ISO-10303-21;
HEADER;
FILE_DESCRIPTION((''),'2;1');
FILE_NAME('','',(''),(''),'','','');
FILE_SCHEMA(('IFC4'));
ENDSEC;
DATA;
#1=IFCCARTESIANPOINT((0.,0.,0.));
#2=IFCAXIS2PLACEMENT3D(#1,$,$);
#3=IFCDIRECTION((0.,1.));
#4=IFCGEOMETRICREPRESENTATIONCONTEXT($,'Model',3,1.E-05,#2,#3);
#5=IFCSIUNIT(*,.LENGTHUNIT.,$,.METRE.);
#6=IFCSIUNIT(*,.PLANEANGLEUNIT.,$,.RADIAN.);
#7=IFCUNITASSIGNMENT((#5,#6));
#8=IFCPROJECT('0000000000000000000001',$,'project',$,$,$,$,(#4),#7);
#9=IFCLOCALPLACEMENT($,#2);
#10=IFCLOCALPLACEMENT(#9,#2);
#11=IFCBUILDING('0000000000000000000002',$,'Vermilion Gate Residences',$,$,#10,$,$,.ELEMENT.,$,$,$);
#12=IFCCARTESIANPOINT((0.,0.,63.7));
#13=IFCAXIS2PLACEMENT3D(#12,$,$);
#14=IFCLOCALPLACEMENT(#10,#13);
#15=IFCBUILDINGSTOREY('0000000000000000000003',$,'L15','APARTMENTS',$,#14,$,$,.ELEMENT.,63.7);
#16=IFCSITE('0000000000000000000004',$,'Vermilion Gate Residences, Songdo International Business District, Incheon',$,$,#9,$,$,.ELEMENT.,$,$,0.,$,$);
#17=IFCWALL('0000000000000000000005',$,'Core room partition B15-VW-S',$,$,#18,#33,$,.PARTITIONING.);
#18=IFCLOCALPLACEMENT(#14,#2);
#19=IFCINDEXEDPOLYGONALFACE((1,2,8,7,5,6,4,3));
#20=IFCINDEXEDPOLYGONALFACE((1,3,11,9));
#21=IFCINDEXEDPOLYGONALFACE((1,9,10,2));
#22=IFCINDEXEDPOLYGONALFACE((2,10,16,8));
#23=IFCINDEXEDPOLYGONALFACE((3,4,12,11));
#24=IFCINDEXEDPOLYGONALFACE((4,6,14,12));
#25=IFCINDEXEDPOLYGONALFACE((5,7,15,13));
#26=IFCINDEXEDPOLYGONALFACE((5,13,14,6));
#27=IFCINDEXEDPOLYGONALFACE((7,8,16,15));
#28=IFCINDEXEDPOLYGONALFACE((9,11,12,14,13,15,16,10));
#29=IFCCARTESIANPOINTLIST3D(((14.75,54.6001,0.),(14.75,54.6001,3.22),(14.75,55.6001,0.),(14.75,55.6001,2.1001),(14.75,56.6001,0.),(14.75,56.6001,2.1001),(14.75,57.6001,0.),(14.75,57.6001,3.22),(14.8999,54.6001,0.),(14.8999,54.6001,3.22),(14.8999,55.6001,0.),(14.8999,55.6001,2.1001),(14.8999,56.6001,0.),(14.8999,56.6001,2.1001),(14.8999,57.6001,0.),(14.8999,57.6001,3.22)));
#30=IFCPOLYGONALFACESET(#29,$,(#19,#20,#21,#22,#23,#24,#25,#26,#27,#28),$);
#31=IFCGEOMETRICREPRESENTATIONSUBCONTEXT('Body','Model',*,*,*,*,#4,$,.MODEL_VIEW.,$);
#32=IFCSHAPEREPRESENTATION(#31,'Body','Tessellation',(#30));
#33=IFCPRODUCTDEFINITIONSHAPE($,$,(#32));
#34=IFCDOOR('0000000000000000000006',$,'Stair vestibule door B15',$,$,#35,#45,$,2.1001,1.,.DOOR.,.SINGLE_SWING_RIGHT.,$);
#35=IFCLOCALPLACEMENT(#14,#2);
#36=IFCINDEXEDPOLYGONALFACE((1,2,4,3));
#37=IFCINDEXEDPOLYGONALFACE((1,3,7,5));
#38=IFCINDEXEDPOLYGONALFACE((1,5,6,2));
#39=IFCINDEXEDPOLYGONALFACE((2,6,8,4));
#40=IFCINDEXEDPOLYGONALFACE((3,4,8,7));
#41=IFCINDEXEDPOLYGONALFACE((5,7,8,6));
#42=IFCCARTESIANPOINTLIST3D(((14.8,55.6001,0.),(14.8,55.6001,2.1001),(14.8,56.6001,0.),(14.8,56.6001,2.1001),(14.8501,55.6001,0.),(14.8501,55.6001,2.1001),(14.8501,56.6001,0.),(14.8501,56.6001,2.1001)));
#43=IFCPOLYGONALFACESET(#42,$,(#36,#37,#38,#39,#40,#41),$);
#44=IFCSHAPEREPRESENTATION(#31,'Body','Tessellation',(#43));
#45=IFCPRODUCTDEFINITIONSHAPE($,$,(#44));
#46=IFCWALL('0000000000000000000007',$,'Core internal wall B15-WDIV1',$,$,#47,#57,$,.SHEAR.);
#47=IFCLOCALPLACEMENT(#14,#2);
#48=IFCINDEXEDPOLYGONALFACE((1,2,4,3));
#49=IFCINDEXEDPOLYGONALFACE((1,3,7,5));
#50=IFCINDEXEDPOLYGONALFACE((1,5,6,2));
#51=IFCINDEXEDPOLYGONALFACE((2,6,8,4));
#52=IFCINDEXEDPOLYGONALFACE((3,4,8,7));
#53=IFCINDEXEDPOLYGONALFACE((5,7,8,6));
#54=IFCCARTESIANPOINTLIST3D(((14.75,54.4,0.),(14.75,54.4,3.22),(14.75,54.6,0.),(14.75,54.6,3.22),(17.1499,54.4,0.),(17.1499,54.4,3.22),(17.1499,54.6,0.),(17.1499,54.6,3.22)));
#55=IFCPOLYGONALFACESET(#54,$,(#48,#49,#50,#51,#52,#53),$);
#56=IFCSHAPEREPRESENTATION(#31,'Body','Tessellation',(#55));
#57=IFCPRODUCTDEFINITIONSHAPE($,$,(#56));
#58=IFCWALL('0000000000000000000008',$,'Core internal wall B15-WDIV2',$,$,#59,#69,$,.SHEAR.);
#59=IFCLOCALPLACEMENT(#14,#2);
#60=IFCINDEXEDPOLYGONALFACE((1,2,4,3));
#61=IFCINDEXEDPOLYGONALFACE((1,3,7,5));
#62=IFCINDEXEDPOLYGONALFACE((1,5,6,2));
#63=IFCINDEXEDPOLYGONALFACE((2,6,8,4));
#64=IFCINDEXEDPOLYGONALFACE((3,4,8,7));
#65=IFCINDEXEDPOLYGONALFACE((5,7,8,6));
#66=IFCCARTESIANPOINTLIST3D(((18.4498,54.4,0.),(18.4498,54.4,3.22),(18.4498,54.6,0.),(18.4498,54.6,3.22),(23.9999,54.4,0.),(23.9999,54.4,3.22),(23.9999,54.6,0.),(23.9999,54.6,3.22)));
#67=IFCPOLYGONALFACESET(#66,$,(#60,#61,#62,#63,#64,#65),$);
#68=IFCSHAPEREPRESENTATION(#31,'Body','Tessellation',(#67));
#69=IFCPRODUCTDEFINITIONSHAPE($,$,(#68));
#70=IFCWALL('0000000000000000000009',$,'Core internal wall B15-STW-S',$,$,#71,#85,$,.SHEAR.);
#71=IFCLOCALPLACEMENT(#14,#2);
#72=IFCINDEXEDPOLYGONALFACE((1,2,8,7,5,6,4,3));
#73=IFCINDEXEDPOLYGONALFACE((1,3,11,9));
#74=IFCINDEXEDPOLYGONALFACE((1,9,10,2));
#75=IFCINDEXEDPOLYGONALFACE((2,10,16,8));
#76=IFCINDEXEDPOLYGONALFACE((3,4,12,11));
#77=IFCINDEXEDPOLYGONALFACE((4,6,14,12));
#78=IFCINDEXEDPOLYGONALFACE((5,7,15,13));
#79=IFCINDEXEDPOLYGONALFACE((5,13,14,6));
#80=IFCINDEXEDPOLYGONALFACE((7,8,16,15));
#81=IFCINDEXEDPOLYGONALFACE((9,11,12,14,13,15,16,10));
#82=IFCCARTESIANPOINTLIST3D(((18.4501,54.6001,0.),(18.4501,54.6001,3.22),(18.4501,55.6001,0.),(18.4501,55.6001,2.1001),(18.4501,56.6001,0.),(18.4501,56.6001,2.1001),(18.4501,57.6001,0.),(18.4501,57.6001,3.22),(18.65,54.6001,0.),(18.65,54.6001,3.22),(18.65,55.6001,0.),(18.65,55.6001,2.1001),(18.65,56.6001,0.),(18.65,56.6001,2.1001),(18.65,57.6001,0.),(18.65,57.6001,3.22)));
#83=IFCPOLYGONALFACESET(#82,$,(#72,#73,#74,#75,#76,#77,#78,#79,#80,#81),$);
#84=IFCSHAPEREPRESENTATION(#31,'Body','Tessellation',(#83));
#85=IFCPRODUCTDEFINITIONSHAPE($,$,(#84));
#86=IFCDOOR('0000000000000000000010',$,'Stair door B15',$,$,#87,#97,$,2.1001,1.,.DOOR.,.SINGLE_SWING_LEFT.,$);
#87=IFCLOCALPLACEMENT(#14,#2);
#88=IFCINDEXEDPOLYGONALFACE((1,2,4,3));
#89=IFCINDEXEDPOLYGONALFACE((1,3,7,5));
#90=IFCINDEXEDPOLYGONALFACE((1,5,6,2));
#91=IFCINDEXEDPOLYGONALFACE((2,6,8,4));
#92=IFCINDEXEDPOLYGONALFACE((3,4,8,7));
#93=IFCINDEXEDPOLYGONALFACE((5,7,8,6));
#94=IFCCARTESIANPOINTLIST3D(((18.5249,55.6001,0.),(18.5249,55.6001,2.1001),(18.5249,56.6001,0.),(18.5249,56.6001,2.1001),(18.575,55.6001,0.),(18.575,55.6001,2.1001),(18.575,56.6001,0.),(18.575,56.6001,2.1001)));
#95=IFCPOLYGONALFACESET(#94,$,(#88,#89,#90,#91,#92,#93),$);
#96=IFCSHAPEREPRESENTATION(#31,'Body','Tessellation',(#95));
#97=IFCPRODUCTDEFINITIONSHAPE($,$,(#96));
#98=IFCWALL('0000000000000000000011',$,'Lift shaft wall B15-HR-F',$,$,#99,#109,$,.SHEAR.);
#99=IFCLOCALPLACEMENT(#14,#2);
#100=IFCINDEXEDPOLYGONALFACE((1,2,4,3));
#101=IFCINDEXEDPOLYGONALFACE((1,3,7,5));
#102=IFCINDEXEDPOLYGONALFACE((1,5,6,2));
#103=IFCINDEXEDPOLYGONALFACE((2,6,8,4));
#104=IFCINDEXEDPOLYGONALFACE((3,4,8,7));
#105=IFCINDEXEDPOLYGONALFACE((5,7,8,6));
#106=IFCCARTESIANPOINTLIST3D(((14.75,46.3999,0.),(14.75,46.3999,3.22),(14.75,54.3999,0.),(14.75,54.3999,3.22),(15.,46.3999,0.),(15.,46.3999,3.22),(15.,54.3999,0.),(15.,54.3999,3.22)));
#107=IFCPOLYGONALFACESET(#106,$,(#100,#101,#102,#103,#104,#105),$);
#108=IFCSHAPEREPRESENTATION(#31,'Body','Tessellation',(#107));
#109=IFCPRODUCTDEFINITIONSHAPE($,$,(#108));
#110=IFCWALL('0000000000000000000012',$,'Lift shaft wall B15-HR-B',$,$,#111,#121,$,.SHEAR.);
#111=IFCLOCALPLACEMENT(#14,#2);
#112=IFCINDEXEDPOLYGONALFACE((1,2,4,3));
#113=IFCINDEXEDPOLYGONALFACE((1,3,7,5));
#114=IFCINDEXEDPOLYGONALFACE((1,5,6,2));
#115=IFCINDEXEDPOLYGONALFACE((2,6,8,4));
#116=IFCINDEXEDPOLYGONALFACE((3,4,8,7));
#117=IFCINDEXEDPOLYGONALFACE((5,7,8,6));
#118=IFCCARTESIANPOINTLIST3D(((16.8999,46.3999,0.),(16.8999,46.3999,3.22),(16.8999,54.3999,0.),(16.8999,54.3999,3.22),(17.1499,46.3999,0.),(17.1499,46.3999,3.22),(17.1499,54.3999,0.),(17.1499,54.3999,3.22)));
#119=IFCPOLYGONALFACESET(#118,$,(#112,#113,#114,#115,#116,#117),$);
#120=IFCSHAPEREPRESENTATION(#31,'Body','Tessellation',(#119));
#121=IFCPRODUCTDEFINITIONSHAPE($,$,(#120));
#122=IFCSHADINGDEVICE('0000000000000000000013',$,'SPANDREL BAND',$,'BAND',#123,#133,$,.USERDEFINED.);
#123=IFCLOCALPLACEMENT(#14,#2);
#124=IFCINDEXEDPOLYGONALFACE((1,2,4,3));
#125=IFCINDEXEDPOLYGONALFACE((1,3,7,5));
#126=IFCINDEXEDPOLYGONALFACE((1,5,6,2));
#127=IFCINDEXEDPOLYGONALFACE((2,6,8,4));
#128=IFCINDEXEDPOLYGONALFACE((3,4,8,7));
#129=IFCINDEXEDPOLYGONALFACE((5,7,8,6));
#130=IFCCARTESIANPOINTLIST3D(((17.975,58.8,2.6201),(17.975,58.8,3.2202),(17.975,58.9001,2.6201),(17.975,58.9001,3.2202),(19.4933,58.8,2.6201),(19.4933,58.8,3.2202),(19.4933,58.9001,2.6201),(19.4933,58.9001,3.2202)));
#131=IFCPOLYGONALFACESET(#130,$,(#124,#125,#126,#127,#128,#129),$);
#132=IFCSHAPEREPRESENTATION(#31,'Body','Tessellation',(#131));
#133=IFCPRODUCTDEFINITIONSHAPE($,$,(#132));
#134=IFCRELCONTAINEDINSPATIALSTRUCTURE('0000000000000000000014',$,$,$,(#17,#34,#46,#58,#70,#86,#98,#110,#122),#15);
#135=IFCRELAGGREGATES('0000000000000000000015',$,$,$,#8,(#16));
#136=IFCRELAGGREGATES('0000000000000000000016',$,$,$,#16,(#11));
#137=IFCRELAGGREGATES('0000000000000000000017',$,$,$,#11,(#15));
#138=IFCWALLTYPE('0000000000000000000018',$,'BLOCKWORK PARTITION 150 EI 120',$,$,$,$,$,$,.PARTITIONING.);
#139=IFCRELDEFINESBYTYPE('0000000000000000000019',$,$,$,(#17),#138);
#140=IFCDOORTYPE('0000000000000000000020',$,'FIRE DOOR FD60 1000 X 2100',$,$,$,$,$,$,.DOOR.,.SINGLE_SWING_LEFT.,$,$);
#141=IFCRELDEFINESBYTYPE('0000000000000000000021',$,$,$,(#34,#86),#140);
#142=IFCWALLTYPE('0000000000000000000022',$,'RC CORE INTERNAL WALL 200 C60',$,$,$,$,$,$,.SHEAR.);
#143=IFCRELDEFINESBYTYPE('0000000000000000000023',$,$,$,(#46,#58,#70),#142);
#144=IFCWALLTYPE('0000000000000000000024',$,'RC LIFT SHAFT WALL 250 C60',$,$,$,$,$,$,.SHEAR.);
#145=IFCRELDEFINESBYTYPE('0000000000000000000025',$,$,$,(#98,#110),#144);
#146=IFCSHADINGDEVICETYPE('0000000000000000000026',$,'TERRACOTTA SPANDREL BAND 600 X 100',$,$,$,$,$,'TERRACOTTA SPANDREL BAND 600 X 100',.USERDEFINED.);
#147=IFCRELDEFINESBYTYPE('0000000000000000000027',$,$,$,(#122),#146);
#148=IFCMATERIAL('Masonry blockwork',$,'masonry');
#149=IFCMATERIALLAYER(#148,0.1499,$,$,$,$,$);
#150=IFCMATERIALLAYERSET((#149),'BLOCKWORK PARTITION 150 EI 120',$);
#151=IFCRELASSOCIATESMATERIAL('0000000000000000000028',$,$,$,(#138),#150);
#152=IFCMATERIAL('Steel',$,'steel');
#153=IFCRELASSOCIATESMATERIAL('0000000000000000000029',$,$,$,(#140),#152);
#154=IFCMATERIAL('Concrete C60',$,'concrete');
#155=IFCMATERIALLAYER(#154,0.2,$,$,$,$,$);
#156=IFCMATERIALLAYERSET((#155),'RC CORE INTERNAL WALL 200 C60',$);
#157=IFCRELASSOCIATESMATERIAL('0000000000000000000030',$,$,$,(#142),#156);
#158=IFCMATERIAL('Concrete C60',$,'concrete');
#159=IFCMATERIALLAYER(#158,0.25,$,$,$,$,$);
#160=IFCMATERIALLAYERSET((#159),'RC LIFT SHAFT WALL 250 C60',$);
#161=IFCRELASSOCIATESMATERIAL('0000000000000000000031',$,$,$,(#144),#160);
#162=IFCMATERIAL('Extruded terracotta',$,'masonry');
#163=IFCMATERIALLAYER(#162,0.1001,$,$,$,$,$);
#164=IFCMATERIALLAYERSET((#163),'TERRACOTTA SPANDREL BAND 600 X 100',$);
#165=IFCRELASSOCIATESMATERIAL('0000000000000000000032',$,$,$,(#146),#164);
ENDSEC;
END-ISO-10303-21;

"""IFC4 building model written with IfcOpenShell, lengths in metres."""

from ifc_helpers import new_model, si_unit, direction, frame, frame_2d, origin, origin_2d, place, context, subcontext, project, spatial, rectangle, extrude, material, layer, layer_set, type_object, element, fill, save


model = new_model("IFC4")

# Units and contexts
model_context = context("Model", 3, precision=1e-05, world=origin(), true_north=direction((0.0, 1.0)))
body_context = subcontext(model_context, "Body", "Model", "MODEL_VIEW")
ifc_project = project(units=[si_unit("LENGTHUNIT", "METRE"), si_unit("PLANEANGLEUNIT", "RADIAN")], contexts=[model_context])

# Site, building, storey
site_placement = place(None, origin())
site = spatial("IfcSite", under=ifc_project, at=site_placement, Name="Vermilion Gate Residences, Songdo International Business District, Incheon", CompositionType="ELEMENT", RefElevation=0.0)
building_placement = place(site_placement, origin())
building = spatial("IfcBuilding", under=site, at=building_placement, Name="Vermilion Gate Residences", CompositionType="ELEMENT")
storey_placement = place(building_placement, frame((0.0, 0.0, 63.7)))
storey = spatial("IfcBuildingStorey", under=building, at=storey_placement, Name="L15", Description="APARTMENTS", CompositionType="ELEMENT", Elevation=63.7)

# Wall, opening, door
ifc_material_1 = material(Name="Masonry blockwork", Category="masonry")
ifc_layer_1 = layer(ifc_material_1, 0.1499)
ifc_layer_set_1 = layer_set([ifc_layer_1], Name="BLOCKWORK PARTITION 150 EI 120")
wall_type_1 = type_object("IfcWallType", Name="BLOCKWORK PARTITION 150 EI 120", PredefinedType="PARTITIONING", material=ifc_layer_set_1)
wall_1_placement = place(storey_placement, frame((14.825, 57.6001, 0.0), z_axis=(0.0, 0.0, 1.0), x_axis=(0.0, -1.0, 0.0)))
wall_1 = element("IfcWall", 1, at=wall_1_placement, inside=storey, type_object=wall_type_1, Name="Core room partition B15-VW-S", PredefinedType="PARTITIONING", context=body_context, shape_type="SweptSolid", body=[
    extrude(rectangle(XDim=3.0, YDim=0.1499, at=frame_2d((1.5, 0.0))), origin(), (0.0, 0.0, 1.0), 3.22),
])
opening_1_placement = place(wall_1_placement, frame((1.0, 0.0, 0.0)))
opening_1 = element("IfcOpeningElement", 2, at=opening_1_placement, cuts=wall_1, PredefinedType="OPENING", context=body_context, shape_type="SweptSolid", body=[
    extrude(rectangle(XDim=1.0, YDim=2.1001, at=frame_2d((0.5, 1.05))), frame((0.0, 0.085, 0.0), z_axis=(0.0, -1.0, 0.0), x_axis=(1.0, 0.0, 0.0)), (0.0, 0.0, 1.0), 0.1699),
])
ifc_material_2 = material(Name="Steel", Category="steel")
door_type = type_object("IfcDoorType", Name="FIRE DOOR FD60 1000 X 2100", OperationType="SINGLE_SWING_LEFT", PredefinedType="DOOR", material=ifc_material_2)
door_1_placement = place(opening_1_placement, frame((1.0, 0.0, 0.0), z_axis=(0.0, 0.0, 1.0), x_axis=(-1.0, 0.0, 0.0)))
door_1 = element("IfcDoor", 3, at=door_1_placement, inside=storey, type_object=door_type, Name="Stair vestibule door B15", OperationType="SINGLE_SWING_RIGHT", OverallHeight=2.1001, OverallWidth=1.0, PredefinedType="DOOR", context=body_context, shape_type="SweptSolid", body=[
    extrude(rectangle(XDim=1.0, YDim=2.1001, at=frame_2d((0.5, 1.05))), frame((0.0, 0.0249, 0.0), z_axis=(0.0, -1.0, 0.0), x_axis=(1.0, 0.0, 0.0)), (0.0, 0.0, 1.0), 0.05),
])
fill(opening_1, door_1)

# Walls
ifc_material_3 = material(Name="Concrete C60", Category="concrete")
ifc_layer_2 = layer(ifc_material_3, 0.2)
ifc_layer_set_2 = layer_set([ifc_layer_2], Name="RC CORE INTERNAL WALL 200 C60")
wall_type_2 = type_object("IfcWallType", Name="RC CORE INTERNAL WALL 200 C60", PredefinedType="SHEAR", material=ifc_layer_set_2)
wall_2_placement = place(storey_placement, frame((14.75, 54.5, 0.0), z_axis=(0.0, 0.0, 1.0), x_axis=(1.0, 0.0, 0.0)))
element("IfcWall", 4, at=wall_2_placement, inside=storey, type_object=wall_type_2, Name="Core internal wall B15-WDIV1", PredefinedType="SHEAR", context=body_context, shape_type="SweptSolid", body=[
    extrude(rectangle(XDim=2.3999, YDim=0.2, at=frame_2d((1.2, 0.0))), origin(), (0.0, 0.0, 1.0), 3.22),
])
wall_3_placement = place(storey_placement, frame((18.45, 54.5, 0.0), z_axis=(0.0, 0.0, 1.0), x_axis=(1.0, 0.0, 0.0)))
element("IfcWall", 5, at=wall_3_placement, inside=storey, type_object=wall_type_2, Name="Core internal wall B15-WDIV2", PredefinedType="SHEAR", context=body_context, shape_type="SweptSolid", body=[
    extrude(rectangle(XDim=5.55, YDim=0.2, at=frame_2d((2.7749, 0.0))), origin(), (0.0, 0.0, 1.0), 3.22),
])

# Wall, opening, door
wall_4_placement = place(storey_placement, frame((18.55, 57.6001, 0.0), z_axis=(0.0, 0.0, 1.0), x_axis=(0.0, -1.0, 0.0)))
wall_4 = element("IfcWall", 6, at=wall_4_placement, inside=storey, type_object=wall_type_2, Name="Core internal wall B15-STW-S", PredefinedType="SHEAR", context=body_context, shape_type="SweptSolid", body=[
    extrude(rectangle(XDim=3.0, YDim=0.2, at=frame_2d((1.5, 0.0))), origin(), (0.0, 0.0, 1.0), 3.22),
])
opening_2_placement = place(wall_4_placement, frame((1.0, 0.0, 0.0)))
opening_2 = element("IfcOpeningElement", 7, at=opening_2_placement, cuts=wall_4, PredefinedType="OPENING", context=body_context, shape_type="SweptSolid", body=[
    extrude(rectangle(XDim=1.0, YDim=2.1001, at=frame_2d((0.5, 1.05))), frame((0.0, 0.1099, 0.0), z_axis=(0.0, -1.0, 0.0), x_axis=(1.0, 0.0, 0.0)), (0.0, 0.0, 1.0), 0.22),
])
door_2_placement = place(opening_2_placement, origin())
door_2 = element("IfcDoor", 8, at=door_2_placement, inside=storey, type_object=door_type, Name="Stair door B15", OperationType="SINGLE_SWING_LEFT", OverallHeight=2.1001, OverallWidth=1.0, PredefinedType="DOOR", context=body_context, shape_type="SweptSolid", body=[
    extrude(rectangle(XDim=1.0, YDim=2.1001, at=frame_2d((0.5, 1.05))), frame((0.0, 0.0249, 0.0), z_axis=(0.0, -1.0, 0.0), x_axis=(1.0, 0.0, 0.0)), (0.0, 0.0, 1.0), 0.05),
])
fill(opening_2, door_2)

# Walls
ifc_material_4 = material(Name="Concrete C60", Category="concrete")
ifc_layer_3 = layer(ifc_material_4, 0.25)
ifc_layer_set_3 = layer_set([ifc_layer_3], Name="RC LIFT SHAFT WALL 250 C60")
wall_type_3 = type_object("IfcWallType", Name="RC LIFT SHAFT WALL 250 C60", PredefinedType="SHEAR", material=ifc_layer_set_3)
for number, where, z_axis, x_axis, name in (
    (9, (14.875, 54.3999, 0.0), (0.0, 0.0, 1.0), (0.0, -1.0, 0.0), "Lift shaft wall B15-HR-F"),
    (10, (17.0249, 54.3999, 0.0), (0.0, 0.0, 1.0), (0.0, -1.0, 0.0), "Lift shaft wall B15-HR-B"),
):
    element("IfcWall", number, at=place(storey_placement, frame(where, z_axis=z_axis, x_axis=x_axis)), inside=storey, type_object=wall_type_3, Name=name, PredefinedType="SHEAR", context=body_context, shape_type="SweptSolid", body=[
        extrude(rectangle(XDim=8.0, YDim=0.25, at=frame_2d((4.0, 0.0))), origin(), (0.0, 0.0, 1.0), 3.22),
    ])

# Shading device
ifc_material_5 = material(Name="Extruded terracotta", Category="masonry")
ifc_layer_4 = layer(ifc_material_5, 0.1001)
ifc_layer_set_4 = layer_set([ifc_layer_4], Name="TERRACOTTA SPANDREL BAND 600 X 100")
shading_device_type = type_object("IfcShadingDeviceType", Name="TERRACOTTA SPANDREL BAND 600 X 100", ElementType="TERRACOTTA SPANDREL BAND 600 X 100", PredefinedType="USERDEFINED", material=ifc_layer_set_4)
shading_device_placement = place(storey_placement, frame((18.7341, 58.8501, 2.6201), z_axis=(0.0, 0.0, 1.0), x_axis=(1.0, 0.0, 0.0)))
element("IfcShadingDevice", 11, at=shading_device_placement, inside=storey, type_object=shading_device_type, Name="SPANDREL BAND", ObjectType="BAND", PredefinedType="USERDEFINED", context=body_context, shape_type="SweptSolid", body=[
    extrude(rectangle(XDim=1.5183, YDim=0.1001, at=origin_2d()), origin(), (0.0, 0.0, 1.0), 0.6001),
])

save(model, "model.ifc")
